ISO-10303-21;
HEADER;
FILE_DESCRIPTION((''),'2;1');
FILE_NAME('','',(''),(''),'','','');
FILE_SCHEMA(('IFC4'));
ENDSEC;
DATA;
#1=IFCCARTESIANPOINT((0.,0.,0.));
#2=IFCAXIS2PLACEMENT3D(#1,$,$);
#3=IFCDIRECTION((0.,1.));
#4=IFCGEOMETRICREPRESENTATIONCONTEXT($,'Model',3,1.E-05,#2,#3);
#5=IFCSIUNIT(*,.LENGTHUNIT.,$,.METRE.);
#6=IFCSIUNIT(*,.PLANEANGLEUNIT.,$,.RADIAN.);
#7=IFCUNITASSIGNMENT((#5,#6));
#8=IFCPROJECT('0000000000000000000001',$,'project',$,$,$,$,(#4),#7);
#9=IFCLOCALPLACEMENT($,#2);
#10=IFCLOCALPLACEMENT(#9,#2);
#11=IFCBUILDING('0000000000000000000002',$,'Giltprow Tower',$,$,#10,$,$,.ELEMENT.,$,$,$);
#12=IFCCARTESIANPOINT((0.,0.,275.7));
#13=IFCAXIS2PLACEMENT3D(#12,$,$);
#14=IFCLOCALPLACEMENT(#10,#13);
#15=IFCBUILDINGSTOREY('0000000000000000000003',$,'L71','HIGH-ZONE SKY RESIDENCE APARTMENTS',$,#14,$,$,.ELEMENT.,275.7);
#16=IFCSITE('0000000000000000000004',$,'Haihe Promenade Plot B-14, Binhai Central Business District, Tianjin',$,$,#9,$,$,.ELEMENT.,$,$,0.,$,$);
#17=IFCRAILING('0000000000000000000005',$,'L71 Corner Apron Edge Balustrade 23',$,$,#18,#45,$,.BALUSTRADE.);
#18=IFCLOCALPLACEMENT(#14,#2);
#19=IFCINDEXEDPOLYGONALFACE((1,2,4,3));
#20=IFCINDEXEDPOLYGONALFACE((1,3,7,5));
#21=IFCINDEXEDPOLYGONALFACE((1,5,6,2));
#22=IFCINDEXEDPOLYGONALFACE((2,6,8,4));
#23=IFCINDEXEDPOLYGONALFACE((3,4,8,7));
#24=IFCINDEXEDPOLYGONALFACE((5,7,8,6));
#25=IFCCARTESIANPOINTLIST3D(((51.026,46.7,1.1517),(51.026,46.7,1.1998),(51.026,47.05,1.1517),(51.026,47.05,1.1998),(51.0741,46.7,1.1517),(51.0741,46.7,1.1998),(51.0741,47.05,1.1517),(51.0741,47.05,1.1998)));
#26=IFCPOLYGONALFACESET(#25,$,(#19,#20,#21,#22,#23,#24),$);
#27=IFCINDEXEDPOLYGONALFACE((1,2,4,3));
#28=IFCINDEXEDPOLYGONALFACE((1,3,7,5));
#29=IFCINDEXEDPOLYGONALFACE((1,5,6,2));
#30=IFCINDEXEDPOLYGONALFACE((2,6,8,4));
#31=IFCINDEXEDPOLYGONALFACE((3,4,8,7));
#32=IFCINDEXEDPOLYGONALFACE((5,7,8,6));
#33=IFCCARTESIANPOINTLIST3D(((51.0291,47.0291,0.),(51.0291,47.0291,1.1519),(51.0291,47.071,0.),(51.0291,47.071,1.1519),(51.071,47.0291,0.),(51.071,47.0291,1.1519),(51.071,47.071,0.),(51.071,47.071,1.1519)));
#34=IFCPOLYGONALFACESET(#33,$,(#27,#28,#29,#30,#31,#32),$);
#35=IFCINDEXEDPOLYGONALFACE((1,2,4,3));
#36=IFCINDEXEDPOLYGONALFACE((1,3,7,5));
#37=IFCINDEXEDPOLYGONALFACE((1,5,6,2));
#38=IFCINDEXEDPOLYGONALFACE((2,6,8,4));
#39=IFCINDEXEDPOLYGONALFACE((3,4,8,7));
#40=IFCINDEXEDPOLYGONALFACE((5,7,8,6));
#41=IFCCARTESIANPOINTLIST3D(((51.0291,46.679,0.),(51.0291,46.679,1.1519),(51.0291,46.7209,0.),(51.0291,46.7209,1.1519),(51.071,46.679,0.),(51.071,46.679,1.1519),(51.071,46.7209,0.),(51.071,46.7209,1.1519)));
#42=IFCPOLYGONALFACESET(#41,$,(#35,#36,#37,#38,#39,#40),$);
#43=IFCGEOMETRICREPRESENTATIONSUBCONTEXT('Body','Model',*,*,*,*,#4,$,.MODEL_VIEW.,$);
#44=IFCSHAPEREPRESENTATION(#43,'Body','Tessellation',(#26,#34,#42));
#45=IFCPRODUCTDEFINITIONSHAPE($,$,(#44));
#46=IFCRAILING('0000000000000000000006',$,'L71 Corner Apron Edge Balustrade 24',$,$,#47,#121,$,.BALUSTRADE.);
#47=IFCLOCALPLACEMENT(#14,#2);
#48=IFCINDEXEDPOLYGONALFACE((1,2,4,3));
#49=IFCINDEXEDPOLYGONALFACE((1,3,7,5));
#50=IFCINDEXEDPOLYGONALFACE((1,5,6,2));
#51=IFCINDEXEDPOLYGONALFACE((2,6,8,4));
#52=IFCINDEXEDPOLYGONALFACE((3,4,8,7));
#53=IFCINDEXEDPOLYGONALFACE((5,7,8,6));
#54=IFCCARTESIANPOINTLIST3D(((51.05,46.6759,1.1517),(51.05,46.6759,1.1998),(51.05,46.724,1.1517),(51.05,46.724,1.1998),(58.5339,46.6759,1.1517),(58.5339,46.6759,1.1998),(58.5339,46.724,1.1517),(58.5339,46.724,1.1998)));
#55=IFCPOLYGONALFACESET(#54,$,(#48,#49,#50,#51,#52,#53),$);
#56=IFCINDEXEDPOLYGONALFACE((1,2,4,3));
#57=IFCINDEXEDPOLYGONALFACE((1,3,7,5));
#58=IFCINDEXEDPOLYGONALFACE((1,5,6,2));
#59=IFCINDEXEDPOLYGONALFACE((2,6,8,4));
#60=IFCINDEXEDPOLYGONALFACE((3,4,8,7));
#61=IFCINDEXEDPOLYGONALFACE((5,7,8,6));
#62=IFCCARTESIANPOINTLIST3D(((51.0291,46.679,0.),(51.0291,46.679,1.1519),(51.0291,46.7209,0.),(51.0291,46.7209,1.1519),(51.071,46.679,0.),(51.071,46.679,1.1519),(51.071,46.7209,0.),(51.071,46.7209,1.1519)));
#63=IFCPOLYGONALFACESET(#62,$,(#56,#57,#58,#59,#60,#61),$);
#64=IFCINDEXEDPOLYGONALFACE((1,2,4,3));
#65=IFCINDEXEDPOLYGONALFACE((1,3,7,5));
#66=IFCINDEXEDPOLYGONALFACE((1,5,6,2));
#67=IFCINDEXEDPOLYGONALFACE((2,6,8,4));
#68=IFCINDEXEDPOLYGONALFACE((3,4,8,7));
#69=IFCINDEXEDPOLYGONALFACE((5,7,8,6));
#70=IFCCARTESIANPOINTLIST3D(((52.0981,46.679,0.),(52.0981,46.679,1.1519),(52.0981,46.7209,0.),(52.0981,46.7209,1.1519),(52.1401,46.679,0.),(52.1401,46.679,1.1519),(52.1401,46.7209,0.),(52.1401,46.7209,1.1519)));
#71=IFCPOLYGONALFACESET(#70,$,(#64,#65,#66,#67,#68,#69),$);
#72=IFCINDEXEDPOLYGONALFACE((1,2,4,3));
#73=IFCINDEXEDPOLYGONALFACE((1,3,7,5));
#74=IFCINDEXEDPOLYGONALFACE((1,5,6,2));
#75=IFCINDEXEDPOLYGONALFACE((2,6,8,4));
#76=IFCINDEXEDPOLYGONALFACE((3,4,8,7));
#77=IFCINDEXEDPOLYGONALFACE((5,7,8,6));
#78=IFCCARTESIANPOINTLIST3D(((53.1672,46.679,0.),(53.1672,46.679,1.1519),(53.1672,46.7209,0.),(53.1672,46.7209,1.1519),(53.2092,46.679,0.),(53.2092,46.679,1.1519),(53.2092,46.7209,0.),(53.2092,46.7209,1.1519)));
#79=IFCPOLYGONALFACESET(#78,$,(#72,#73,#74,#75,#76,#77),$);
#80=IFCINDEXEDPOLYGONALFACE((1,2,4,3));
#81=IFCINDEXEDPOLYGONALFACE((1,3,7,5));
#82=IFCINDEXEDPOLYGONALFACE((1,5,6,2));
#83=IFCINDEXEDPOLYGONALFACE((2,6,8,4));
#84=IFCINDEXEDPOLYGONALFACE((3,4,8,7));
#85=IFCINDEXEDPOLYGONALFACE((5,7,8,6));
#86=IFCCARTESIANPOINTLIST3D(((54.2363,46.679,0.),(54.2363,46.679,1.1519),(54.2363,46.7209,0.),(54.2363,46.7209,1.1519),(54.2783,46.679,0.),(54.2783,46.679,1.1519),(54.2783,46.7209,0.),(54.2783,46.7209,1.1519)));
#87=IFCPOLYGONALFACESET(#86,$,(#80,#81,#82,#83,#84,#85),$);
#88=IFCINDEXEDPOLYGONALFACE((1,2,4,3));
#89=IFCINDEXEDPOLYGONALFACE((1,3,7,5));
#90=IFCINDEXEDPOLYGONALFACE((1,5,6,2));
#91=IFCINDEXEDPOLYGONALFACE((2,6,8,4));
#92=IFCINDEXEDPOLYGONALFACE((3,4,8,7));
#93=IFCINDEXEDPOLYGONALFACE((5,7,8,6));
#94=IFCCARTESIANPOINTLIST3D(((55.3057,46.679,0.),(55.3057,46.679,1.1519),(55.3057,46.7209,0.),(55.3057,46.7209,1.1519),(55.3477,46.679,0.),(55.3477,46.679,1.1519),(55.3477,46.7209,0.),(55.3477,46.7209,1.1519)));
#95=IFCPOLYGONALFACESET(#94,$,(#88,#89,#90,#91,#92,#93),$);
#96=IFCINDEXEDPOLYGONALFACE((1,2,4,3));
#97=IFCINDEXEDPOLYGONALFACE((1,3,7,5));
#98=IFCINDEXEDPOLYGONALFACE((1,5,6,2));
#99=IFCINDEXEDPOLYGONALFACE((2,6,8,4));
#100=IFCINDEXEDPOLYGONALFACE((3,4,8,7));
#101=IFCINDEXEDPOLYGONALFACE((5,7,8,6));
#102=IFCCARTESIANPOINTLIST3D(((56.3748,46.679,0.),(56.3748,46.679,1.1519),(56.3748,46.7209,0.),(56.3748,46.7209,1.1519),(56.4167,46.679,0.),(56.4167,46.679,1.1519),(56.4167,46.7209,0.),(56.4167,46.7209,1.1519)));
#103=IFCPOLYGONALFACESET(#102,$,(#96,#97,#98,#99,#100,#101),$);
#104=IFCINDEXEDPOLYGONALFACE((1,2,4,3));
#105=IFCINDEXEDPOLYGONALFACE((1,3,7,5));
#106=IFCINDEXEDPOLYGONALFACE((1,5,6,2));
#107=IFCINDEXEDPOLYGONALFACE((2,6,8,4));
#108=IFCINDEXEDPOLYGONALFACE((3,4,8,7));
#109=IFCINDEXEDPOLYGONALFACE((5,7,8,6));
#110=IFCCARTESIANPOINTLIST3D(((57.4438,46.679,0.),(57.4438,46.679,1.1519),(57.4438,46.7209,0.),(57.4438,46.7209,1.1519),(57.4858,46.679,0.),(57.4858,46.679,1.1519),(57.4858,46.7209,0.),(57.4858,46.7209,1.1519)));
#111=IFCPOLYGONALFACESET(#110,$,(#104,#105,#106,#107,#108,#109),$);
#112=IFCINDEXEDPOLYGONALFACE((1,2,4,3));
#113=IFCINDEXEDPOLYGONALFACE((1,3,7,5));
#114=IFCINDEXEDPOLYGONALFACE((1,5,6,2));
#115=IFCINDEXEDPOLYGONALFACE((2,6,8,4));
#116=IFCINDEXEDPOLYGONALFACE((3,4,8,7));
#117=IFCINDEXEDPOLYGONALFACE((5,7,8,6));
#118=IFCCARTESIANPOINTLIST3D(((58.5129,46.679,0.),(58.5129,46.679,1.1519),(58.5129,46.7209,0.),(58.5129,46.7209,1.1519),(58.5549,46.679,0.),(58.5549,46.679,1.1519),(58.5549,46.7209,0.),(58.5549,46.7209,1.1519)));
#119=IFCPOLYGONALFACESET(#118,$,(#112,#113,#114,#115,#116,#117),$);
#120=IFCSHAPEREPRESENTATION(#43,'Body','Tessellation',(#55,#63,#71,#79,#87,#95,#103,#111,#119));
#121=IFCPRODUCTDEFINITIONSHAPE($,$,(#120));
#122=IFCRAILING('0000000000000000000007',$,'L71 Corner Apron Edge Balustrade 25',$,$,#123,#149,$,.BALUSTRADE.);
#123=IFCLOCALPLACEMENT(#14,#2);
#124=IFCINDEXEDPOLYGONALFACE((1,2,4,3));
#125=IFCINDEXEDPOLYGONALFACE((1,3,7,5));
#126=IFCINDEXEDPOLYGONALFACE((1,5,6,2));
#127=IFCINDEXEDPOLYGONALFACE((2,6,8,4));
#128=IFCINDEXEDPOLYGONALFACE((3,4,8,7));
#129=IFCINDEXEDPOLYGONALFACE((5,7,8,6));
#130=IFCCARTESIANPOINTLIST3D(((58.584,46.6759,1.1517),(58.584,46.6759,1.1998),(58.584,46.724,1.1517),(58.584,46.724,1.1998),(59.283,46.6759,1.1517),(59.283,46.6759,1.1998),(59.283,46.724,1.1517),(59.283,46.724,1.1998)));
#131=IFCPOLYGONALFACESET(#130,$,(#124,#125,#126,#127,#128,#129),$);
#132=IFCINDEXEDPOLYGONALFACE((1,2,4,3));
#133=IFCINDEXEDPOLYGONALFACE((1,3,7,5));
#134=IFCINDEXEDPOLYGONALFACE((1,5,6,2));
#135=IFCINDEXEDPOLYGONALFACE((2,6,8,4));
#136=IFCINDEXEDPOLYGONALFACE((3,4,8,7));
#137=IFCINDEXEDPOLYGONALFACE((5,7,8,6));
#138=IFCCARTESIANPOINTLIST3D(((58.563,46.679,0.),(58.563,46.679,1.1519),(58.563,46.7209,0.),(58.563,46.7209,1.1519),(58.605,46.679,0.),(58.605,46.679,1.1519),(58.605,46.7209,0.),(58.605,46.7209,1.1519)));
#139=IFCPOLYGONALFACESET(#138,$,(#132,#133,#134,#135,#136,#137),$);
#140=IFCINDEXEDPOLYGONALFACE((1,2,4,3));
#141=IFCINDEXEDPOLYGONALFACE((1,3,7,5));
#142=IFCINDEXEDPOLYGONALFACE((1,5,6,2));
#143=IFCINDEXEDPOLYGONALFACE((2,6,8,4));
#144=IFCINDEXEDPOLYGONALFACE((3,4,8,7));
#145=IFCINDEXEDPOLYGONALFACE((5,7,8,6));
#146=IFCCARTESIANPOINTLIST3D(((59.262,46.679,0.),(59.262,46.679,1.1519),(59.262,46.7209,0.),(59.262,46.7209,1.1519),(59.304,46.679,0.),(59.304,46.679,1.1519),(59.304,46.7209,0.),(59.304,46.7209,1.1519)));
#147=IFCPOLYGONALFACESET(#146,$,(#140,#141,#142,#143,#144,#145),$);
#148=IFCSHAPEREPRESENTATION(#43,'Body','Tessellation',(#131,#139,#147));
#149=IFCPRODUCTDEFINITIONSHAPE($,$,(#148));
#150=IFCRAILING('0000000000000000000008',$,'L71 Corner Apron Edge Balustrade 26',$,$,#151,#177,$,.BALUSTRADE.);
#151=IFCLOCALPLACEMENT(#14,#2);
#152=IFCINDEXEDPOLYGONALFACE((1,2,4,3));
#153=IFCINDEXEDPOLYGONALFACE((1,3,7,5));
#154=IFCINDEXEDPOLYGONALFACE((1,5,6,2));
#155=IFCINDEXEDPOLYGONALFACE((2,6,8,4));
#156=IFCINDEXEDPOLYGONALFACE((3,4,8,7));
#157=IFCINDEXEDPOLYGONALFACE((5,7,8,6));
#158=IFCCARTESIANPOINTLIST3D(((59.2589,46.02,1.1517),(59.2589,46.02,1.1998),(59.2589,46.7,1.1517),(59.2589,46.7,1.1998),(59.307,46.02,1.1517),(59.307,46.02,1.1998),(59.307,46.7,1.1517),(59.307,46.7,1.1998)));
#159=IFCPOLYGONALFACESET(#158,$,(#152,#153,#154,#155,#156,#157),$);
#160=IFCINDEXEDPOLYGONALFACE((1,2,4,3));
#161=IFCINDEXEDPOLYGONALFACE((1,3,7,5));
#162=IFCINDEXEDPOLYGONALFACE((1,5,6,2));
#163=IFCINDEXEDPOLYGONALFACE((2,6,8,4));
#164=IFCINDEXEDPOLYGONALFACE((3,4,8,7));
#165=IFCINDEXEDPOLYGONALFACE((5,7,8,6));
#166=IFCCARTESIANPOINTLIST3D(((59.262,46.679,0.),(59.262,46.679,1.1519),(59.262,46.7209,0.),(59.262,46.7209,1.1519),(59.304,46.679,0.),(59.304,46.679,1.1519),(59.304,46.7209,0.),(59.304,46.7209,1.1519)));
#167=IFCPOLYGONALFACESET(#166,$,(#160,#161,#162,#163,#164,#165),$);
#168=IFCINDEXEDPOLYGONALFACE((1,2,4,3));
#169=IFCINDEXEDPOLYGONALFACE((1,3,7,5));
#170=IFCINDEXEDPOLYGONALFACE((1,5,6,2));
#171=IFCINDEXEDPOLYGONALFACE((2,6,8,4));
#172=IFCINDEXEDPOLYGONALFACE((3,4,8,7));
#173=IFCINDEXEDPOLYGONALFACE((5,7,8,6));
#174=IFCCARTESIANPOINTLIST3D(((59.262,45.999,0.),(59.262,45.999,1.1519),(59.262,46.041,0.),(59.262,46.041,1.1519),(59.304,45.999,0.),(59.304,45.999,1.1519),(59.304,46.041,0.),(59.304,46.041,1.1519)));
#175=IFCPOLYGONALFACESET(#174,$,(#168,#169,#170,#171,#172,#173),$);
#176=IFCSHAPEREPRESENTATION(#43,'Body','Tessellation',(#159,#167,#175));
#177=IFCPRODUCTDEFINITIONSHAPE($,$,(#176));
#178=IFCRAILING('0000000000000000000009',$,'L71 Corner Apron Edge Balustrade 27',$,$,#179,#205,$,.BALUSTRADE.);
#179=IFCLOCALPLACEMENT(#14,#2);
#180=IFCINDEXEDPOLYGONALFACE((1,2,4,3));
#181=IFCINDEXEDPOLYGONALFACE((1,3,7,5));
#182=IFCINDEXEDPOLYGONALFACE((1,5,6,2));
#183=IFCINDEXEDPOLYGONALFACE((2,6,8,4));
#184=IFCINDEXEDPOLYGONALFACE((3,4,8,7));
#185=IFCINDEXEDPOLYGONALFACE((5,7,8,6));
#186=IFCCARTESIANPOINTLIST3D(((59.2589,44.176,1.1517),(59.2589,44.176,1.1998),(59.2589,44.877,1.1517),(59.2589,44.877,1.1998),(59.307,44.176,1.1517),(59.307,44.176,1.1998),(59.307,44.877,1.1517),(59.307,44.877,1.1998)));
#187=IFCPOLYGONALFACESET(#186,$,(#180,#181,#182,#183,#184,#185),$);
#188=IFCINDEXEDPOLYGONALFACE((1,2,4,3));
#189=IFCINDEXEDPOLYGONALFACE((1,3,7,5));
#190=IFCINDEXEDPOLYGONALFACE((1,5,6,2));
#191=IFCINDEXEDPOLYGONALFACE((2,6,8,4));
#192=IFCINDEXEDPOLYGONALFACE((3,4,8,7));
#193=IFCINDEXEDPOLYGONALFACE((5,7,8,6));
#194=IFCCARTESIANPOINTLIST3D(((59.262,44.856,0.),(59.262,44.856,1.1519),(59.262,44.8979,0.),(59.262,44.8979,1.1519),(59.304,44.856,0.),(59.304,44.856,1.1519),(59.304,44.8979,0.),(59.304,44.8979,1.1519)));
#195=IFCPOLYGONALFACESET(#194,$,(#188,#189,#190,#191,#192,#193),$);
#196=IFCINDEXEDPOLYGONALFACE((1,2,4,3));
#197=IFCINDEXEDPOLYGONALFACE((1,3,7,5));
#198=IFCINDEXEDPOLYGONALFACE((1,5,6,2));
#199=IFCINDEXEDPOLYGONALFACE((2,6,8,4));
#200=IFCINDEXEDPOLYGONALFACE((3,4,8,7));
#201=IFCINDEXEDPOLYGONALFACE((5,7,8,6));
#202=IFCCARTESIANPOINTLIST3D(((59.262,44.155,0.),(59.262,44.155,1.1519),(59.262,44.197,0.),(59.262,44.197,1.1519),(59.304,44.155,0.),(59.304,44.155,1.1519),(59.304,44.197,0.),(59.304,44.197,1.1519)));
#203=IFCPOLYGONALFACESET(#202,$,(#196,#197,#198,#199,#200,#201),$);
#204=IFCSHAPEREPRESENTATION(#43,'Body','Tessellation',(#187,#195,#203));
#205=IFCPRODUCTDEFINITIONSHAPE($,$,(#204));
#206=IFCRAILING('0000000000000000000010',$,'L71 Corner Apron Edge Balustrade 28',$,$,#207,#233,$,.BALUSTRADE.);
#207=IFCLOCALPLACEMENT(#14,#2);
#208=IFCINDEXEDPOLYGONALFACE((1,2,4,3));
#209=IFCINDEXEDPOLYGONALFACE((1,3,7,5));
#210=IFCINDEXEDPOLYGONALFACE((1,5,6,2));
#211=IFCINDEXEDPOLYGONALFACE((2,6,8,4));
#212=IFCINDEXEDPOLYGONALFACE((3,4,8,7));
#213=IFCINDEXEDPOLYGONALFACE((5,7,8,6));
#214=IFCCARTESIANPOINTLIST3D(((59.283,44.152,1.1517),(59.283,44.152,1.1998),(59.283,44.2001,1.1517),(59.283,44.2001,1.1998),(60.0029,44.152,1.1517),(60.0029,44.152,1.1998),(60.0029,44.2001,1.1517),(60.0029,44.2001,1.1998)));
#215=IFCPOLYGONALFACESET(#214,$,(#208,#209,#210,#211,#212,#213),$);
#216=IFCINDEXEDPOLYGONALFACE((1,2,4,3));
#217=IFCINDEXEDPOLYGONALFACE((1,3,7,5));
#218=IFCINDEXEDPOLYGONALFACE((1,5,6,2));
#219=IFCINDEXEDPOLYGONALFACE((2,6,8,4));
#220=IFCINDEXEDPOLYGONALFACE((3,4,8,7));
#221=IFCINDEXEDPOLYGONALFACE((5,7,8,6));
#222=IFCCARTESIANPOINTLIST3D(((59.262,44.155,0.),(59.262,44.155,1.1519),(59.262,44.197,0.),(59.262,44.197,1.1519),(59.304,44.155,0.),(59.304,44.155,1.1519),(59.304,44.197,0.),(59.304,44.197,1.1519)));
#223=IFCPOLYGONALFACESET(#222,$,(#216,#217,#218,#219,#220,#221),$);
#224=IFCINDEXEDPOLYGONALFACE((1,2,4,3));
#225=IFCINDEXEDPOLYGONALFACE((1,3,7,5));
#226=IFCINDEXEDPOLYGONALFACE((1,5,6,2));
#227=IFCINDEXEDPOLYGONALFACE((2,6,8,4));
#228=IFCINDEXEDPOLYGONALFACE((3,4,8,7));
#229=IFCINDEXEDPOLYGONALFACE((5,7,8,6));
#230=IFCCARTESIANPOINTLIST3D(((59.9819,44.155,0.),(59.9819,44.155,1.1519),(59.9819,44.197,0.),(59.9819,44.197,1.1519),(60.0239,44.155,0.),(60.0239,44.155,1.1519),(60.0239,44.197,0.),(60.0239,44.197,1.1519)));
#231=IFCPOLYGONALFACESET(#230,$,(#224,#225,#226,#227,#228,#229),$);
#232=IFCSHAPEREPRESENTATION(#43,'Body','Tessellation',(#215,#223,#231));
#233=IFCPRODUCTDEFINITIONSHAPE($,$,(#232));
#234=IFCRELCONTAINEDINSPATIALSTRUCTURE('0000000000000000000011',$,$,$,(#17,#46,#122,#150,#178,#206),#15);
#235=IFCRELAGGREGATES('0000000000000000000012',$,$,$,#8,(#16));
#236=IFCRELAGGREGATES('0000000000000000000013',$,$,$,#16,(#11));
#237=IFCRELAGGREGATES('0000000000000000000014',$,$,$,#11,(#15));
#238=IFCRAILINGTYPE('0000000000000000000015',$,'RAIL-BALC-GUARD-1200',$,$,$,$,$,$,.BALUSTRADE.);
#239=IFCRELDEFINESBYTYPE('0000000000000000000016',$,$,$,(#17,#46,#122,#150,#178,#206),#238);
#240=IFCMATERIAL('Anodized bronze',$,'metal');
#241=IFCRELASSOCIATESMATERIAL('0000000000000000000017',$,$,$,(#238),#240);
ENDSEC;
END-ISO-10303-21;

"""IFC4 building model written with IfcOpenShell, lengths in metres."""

from ifc_helpers import new_model, si_unit, direction, frame, origin, origin_2d, place, context, subcontext, project, spatial, rectangle, extrude, material, type_object, element, save


model = new_model("IFC4")

# Units and contexts
model_context = context("Model", 3, precision=1e-05, world=origin(), true_north=direction((0.0, 1.0)))
body_context = subcontext(model_context, "Body", "Model", "MODEL_VIEW")
ifc_project = project(units=[si_unit("LENGTHUNIT", "METRE"), si_unit("PLANEANGLEUNIT", "RADIAN")], contexts=[model_context])

# Site, building, storey
site_placement = place(None, origin())
site = spatial("IfcSite", under=ifc_project, at=site_placement, Name="Haihe Promenade Plot B-14, Binhai Central Business District, Tianjin", CompositionType="ELEMENT", RefElevation=0.0)
building_placement = place(site_placement, origin())
building = spatial("IfcBuilding", under=site, at=building_placement, Name="Giltprow Tower", CompositionType="ELEMENT")
storey_placement = place(building_placement, frame((0.0, 0.0, 275.7)))
storey = spatial("IfcBuildingStorey", under=building, at=storey_placement, Name="L71", Description="HIGH-ZONE SKY RESIDENCE APARTMENTS", CompositionType="ELEMENT", Elevation=275.7)

# Railings
ifc_material_1 = material(Name="Anodized bronze", Category="metal")
railing_type = type_object("IfcRailingType", Name="RAIL-BALC-GUARD-1200", PredefinedType="BALUSTRADE", material=ifc_material_1)
railing_1_placement = place(storey_placement, frame((51.05, 47.05, 0.0)))
element("IfcRailing", 1, at=railing_1_placement, inside=storey, type_object=railing_type, Name="L71 Corner Apron Edge Balustrade 23", PredefinedType="BALUSTRADE", context=body_context, shape_type="SweptSolid", body=[
    extrude(rectangle(XDim=0.0481, YDim=0.0481, at=origin_2d()), frame((0.0, 0.0, 1.1758), z_axis=(0.0, -1.0, 0.0), x_axis=(1.0, 0.0, 0.0)), (0.0, 0.0, 1.0), 0.3501),
    extrude(rectangle(XDim=0.042, YDim=0.042, at=origin_2d()), origin(), (0.0, 0.0, 1.0), 1.1519),
    extrude(rectangle(XDim=0.042, YDim=0.042, at=origin_2d()), frame((0.0, -0.3501, 0.0)), (0.0, 0.0, 1.0), 1.1519),
])
railing_2_placement = place(storey_placement, frame((51.05, 46.7, 0.0)))
element("IfcRailing", 2, at=railing_2_placement, inside=storey, type_object=railing_type, Name="L71 Corner Apron Edge Balustrade 24", PredefinedType="BALUSTRADE", context=body_context, shape_type="SweptSolid", body=[
    extrude(rectangle(XDim=0.0481, YDim=0.0481, at=origin_2d()), frame((0.0, 0.0, 1.1758), z_axis=(1.0, 0.0, 0.0), x_axis=(0.0, 1.0, 0.0)), (0.0, 0.0, 1.0), 7.4839),
    extrude(rectangle(XDim=0.042, YDim=0.042, at=origin_2d()), origin(), (0.0, 0.0, 1.0), 1.1519),
    extrude(rectangle(XDim=0.042, YDim=0.042, at=origin_2d()), frame((1.0691, 0.0, 0.0)), (0.0, 0.0, 1.0), 1.1519),
    extrude(rectangle(XDim=0.042, YDim=0.042, at=origin_2d()), frame((2.1382, 0.0, 0.0)), (0.0, 0.0, 1.0), 1.1519),
    extrude(rectangle(XDim=0.042, YDim=0.042, at=origin_2d()), frame((3.2073, 0.0, 0.0)), (0.0, 0.0, 1.0), 1.1519),
    extrude(rectangle(XDim=0.042, YDim=0.042, at=origin_2d()), frame((4.2766, 0.0, 0.0)), (0.0, 0.0, 1.0), 1.1519),
    extrude(rectangle(XDim=0.042, YDim=0.042, at=origin_2d()), frame((5.3457, 0.0, 0.0)), (0.0, 0.0, 1.0), 1.1519),
    extrude(rectangle(XDim=0.042, YDim=0.042, at=origin_2d()), frame((6.4148, 0.0, 0.0)), (0.0, 0.0, 1.0), 1.1519),
    extrude(rectangle(XDim=0.042, YDim=0.042, at=origin_2d()), frame((7.4839, 0.0, 0.0)), (0.0, 0.0, 1.0), 1.1519),
])
railing_3_placement = place(storey_placement, frame((58.584, 46.7, 0.0)))
element("IfcRailing", 3, at=railing_3_placement, inside=storey, type_object=railing_type, Name="L71 Corner Apron Edge Balustrade 25", PredefinedType="BALUSTRADE", context=body_context, shape_type="SweptSolid", body=[
    extrude(rectangle(XDim=0.0481, YDim=0.0481, at=origin_2d()), frame((0.0, 0.0, 1.1758), z_axis=(1.0, 0.0, 0.0), x_axis=(0.0, 1.0, 0.0)), (0.0, 0.0, 1.0), 0.699),
    extrude(rectangle(XDim=0.042, YDim=0.042, at=origin_2d()), origin(), (0.0, 0.0, 1.0), 1.1519),
    extrude(rectangle(XDim=0.042, YDim=0.042, at=origin_2d()), frame((0.699, 0.0, 0.0)), (0.0, 0.0, 1.0), 1.1519),
])
railing_4_placement = place(storey_placement, frame((59.283, 46.7, 0.0)))
element("IfcRailing", 4, at=railing_4_placement, inside=storey, type_object=railing_type, Name="L71 Corner Apron Edge Balustrade 26", PredefinedType="BALUSTRADE", context=body_context, shape_type="SweptSolid", body=[
    extrude(rectangle(XDim=0.0481, YDim=0.0481, at=origin_2d()), frame((0.0, 0.0, 1.1758), z_axis=(0.0, -1.0, 0.0), x_axis=(1.0, 0.0, 0.0)), (0.0, 0.0, 1.0), 0.6799),
    extrude(rectangle(XDim=0.042, YDim=0.042, at=origin_2d()), origin(), (0.0, 0.0, 1.0), 1.1519),
    extrude(rectangle(XDim=0.042, YDim=0.042, at=origin_2d()), frame((0.0, -0.6799, 0.0)), (0.0, 0.0, 1.0), 1.1519),
])
railing_5_placement = place(storey_placement, frame((59.283, 44.877, 0.0)))
element("IfcRailing", 5, at=railing_5_placement, inside=storey, type_object=railing_type, Name="L71 Corner Apron Edge Balustrade 27", PredefinedType="BALUSTRADE", context=body_context, shape_type="SweptSolid", body=[
    extrude(rectangle(XDim=0.0481, YDim=0.0481, at=origin_2d()), frame((0.0, 0.0, 1.1758), z_axis=(0.0, -1.0, 0.0), x_axis=(1.0, 0.0, 0.0)), (0.0, 0.0, 1.0), 0.7009),
    extrude(rectangle(XDim=0.042, YDim=0.042, at=origin_2d()), origin(), (0.0, 0.0, 1.0), 1.1519),
    extrude(rectangle(XDim=0.042, YDim=0.042, at=origin_2d()), frame((0.0, -0.7009, 0.0)), (0.0, 0.0, 1.0), 1.1519),
])
railing_6_placement = place(storey_placement, frame((59.283, 44.176, 0.0)))
element("IfcRailing", 6, at=railing_6_placement, inside=storey, type_object=railing_type, Name="L71 Corner Apron Edge Balustrade 28", PredefinedType="BALUSTRADE", context=body_context, shape_type="SweptSolid", body=[
    extrude(rectangle(XDim=0.0481, YDim=0.0481, at=origin_2d()), frame((0.0, 0.0, 1.1758), z_axis=(1.0, 0.0, 0.0), x_axis=(0.0, 1.0, 0.0)), (0.0, 0.0, 1.0), 0.72),
    extrude(rectangle(XDim=0.042, YDim=0.042, at=origin_2d()), origin(), (0.0, 0.0, 1.0), 1.1519),
    extrude(rectangle(XDim=0.042, YDim=0.042, at=origin_2d()), frame((0.72, 0.0, 0.0)), (0.0, 0.0, 1.0), 1.1519),
])

save(model, "model.ifc")
